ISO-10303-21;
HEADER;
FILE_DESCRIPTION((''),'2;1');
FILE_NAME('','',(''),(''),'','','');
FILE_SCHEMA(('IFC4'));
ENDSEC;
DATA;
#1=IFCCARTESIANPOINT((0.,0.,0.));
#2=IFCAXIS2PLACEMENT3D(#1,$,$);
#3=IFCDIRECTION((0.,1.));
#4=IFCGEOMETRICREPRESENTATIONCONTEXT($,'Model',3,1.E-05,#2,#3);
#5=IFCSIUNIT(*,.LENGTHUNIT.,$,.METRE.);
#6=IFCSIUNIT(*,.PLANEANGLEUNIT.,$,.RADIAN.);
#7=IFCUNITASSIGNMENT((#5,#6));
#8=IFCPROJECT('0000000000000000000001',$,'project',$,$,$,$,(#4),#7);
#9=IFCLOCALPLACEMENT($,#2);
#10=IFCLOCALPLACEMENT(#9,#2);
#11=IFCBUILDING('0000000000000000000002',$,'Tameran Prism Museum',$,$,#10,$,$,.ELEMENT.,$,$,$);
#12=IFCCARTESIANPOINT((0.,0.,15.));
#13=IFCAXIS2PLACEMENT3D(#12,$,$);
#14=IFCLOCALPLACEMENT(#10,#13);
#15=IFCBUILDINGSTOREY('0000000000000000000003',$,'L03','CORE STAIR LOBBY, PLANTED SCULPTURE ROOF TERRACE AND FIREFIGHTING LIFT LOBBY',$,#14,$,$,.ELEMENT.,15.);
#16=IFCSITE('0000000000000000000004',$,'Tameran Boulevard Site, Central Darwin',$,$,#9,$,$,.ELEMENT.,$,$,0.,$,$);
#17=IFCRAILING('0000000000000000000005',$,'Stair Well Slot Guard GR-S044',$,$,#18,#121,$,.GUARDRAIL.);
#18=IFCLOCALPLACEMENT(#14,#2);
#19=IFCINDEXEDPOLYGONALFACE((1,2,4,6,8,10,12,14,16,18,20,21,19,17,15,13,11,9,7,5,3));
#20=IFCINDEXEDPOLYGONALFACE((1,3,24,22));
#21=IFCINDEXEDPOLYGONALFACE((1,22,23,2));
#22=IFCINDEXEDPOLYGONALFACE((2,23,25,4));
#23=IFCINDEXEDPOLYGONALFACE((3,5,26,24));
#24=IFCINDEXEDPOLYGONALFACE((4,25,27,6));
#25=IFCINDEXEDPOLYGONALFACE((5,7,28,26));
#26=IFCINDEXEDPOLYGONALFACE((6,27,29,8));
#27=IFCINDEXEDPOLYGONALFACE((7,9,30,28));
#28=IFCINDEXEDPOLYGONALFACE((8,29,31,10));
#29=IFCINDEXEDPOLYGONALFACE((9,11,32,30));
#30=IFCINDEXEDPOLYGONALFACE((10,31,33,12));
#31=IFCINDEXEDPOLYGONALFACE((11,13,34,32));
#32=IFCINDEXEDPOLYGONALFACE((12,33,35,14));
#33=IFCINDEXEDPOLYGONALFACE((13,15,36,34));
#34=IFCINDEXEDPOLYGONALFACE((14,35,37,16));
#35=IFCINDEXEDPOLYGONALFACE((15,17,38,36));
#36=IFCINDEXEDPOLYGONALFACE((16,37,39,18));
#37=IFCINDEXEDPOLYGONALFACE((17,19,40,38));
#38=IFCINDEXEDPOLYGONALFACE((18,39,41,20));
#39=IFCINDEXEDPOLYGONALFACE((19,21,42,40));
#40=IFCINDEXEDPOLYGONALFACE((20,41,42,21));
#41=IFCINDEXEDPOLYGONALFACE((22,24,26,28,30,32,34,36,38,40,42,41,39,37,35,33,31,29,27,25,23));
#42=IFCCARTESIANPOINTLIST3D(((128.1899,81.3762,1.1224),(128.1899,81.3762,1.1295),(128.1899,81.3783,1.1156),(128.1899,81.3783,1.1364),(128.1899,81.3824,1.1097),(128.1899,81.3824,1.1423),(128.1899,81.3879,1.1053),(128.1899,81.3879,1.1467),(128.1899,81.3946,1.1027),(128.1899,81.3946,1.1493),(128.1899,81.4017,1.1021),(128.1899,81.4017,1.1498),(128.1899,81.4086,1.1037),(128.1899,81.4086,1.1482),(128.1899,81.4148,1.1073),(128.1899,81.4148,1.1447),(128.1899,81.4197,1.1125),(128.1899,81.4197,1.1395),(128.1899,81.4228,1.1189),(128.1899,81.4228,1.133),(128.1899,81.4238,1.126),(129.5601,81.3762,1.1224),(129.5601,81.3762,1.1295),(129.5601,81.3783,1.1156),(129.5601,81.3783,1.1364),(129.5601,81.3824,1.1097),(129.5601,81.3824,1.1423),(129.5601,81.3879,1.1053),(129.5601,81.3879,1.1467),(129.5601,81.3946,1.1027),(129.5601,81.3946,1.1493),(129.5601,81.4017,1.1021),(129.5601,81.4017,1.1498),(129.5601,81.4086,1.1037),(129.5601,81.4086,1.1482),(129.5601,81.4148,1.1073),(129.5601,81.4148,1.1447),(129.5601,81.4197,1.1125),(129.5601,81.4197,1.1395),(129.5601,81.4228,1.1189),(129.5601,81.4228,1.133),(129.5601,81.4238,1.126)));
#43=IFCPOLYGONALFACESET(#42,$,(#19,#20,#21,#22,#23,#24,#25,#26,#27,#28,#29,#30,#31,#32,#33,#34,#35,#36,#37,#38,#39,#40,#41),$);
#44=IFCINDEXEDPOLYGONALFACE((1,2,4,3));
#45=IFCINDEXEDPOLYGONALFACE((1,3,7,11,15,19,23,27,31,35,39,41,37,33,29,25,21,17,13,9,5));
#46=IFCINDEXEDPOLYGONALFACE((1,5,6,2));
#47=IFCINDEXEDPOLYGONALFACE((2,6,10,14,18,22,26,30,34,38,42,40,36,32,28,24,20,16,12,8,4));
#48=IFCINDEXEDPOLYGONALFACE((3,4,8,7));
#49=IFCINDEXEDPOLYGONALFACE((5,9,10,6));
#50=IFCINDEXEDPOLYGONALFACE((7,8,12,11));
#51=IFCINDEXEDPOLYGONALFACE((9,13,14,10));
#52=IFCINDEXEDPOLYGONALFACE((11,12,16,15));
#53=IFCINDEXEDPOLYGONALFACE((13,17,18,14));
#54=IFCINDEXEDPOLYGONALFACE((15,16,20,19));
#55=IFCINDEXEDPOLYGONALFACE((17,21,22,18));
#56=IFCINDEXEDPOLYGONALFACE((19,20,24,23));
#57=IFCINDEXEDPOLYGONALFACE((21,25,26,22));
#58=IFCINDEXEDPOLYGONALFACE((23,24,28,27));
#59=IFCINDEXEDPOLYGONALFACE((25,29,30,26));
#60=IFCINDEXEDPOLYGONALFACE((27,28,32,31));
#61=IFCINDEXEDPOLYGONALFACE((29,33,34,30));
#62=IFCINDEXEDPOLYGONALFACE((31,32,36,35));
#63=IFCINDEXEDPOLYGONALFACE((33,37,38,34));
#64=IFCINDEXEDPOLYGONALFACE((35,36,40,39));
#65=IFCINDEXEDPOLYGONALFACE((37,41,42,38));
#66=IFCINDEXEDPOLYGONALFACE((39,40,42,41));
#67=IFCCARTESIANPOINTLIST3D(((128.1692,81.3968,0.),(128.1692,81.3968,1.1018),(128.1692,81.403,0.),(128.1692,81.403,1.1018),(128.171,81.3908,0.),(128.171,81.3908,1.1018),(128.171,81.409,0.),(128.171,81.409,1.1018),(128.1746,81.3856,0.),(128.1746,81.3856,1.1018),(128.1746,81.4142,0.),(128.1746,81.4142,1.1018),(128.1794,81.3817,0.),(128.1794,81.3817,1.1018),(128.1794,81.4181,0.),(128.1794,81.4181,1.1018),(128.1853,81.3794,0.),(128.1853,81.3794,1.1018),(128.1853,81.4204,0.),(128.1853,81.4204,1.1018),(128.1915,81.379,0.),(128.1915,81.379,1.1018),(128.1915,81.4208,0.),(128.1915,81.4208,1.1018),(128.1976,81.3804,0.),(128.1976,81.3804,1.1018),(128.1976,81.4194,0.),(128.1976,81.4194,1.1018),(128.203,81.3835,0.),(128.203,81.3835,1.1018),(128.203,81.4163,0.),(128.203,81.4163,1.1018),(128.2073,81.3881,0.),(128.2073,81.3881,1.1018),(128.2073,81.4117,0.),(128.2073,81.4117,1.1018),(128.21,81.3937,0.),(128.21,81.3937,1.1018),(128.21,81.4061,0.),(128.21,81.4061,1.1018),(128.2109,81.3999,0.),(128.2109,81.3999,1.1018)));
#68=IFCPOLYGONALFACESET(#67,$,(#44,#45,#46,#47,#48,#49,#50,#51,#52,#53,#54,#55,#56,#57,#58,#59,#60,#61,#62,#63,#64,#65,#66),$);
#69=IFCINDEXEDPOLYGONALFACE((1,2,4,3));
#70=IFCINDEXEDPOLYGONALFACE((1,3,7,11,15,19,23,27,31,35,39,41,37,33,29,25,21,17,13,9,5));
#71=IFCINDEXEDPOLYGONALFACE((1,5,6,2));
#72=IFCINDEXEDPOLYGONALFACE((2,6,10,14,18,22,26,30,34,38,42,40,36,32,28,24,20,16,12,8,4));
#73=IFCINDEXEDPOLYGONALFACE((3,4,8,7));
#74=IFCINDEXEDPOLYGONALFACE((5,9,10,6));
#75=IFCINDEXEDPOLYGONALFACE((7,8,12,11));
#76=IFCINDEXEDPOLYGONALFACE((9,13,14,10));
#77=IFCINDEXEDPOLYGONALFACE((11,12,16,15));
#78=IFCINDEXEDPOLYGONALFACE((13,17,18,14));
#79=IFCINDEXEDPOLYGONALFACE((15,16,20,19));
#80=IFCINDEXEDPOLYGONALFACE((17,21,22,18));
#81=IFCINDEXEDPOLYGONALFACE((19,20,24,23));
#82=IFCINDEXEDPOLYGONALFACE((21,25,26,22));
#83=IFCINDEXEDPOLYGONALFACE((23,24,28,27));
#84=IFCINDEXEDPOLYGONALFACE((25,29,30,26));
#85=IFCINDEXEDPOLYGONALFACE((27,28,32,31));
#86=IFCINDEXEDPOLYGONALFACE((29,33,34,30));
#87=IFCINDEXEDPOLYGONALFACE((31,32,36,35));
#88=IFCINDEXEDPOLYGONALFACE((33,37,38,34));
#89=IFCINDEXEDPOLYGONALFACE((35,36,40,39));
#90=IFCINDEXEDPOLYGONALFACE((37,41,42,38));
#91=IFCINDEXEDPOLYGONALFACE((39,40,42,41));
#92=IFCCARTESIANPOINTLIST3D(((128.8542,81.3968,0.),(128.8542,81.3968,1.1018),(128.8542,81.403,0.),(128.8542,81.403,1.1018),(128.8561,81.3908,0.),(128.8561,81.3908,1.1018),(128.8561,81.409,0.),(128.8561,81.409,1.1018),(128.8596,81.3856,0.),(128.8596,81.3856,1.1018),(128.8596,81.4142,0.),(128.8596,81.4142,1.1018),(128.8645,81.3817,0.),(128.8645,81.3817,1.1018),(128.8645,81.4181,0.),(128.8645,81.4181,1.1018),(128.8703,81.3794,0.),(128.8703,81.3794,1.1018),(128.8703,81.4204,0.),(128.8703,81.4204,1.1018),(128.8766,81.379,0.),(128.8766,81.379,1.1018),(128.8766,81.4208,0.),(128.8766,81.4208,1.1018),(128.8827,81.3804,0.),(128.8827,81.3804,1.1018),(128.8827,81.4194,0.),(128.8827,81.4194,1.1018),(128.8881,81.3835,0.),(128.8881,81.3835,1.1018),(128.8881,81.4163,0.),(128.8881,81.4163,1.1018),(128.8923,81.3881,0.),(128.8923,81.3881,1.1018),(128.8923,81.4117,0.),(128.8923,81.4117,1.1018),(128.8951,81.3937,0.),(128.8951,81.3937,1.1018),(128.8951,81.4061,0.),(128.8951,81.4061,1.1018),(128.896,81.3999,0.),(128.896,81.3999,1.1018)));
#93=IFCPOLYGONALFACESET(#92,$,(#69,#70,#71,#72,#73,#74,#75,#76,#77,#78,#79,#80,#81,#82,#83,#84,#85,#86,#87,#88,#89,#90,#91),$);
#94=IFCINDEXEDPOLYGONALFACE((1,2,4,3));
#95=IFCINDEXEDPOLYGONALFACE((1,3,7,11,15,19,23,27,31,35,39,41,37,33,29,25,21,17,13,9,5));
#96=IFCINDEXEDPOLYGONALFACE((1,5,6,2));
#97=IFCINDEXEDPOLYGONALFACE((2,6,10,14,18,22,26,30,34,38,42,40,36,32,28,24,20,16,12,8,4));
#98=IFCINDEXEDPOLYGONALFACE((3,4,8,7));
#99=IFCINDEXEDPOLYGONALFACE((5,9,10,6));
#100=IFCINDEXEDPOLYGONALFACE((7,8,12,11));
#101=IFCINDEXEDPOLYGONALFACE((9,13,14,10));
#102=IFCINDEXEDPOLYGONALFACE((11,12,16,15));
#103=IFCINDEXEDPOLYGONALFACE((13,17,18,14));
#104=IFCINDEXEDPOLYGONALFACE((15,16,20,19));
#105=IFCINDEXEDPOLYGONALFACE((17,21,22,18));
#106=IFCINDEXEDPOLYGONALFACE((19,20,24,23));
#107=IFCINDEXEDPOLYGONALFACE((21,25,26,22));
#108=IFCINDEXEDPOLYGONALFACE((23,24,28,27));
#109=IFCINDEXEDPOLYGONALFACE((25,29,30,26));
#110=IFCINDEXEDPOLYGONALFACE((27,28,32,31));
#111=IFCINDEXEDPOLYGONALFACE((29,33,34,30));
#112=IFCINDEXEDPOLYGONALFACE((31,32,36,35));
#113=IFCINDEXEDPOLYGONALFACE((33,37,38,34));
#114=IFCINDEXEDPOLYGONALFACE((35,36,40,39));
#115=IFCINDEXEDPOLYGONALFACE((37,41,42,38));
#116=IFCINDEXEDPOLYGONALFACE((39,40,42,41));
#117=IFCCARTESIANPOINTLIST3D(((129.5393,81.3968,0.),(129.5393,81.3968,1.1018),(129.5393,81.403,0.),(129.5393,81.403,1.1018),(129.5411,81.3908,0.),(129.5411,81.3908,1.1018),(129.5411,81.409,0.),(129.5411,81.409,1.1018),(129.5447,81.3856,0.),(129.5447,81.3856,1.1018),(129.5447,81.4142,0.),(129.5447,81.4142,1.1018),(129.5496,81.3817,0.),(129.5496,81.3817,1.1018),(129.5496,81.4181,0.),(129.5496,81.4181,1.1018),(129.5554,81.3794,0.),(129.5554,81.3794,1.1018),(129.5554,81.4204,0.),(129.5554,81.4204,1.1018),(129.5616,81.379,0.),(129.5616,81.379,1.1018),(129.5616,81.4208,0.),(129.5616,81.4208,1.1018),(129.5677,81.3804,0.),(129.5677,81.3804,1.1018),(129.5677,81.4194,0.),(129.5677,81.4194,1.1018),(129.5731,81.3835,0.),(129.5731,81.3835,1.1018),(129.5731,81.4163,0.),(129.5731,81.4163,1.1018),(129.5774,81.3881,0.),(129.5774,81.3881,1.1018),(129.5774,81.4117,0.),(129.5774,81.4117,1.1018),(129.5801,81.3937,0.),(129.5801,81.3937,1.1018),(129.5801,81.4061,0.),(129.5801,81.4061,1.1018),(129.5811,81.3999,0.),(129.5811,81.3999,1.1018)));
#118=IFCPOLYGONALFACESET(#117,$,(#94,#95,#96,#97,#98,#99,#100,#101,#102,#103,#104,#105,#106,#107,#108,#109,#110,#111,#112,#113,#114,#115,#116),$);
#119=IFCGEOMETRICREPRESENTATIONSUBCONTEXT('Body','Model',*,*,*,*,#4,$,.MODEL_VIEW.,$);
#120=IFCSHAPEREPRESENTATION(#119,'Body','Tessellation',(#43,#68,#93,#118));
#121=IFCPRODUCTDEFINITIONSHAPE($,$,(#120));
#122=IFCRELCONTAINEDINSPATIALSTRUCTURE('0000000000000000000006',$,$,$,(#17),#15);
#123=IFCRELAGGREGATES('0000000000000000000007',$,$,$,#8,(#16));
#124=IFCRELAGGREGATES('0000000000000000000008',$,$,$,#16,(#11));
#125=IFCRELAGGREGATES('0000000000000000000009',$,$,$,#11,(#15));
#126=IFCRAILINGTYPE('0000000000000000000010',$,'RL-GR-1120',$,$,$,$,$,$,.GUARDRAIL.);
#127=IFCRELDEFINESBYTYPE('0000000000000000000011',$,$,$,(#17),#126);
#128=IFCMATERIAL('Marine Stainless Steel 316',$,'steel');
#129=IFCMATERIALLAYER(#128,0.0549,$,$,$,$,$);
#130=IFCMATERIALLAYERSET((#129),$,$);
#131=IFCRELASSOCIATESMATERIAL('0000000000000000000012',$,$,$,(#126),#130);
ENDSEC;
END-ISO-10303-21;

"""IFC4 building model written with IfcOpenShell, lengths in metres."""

from ifc_helpers import new_model, si_unit, direction, frame, origin, origin_2d, place, context, subcontext, project, spatial, circle, extrude, material, layer, layer_set, type_object, element, save


model = new_model("IFC4")

# Units and contexts
model_context = context("Model", 3, precision=1e-05, world=origin(), true_north=direction((0.0, 1.0)))
body_context = subcontext(model_context, "Body", "Model", "MODEL_VIEW")
ifc_project = project(units=[si_unit("LENGTHUNIT", "METRE"), si_unit("PLANEANGLEUNIT", "RADIAN")], contexts=[model_context])

# Site, building, storey
site_placement = place(None, origin())
site = spatial("IfcSite", under=ifc_project, at=site_placement, Name="Tameran Boulevard Site, Central Darwin", CompositionType="ELEMENT", RefElevation=0.0)
building_placement = place(site_placement, origin())
building = spatial("IfcBuilding", under=site, at=building_placement, Name="Tameran Prism Museum", CompositionType="ELEMENT")
storey_placement = place(building_placement, frame((0.0, 0.0, 15.0)))
storey = spatial("IfcBuildingStorey", under=building, at=storey_placement, Name="L03", Description="CORE STAIR LOBBY, PLANTED SCULPTURE ROOF TERRACE AND FIREFIGHTING LIFT LOBBY", CompositionType="ELEMENT", Elevation=15.0)

# Railing
ifc_material_1 = material(Name="Marine Stainless Steel 316", Category="steel")
ifc_layer_1 = layer(ifc_material_1, 0.0549)
ifc_layer_set_1 = layer_set([ifc_layer_1])
railing_type_1 = type_object("IfcRailingType", Name="RL-GR-1120", PredefinedType="GUARDRAIL", material=ifc_layer_set_1)
railing_1_placement = place(storey_placement, frame((128.1899, 81.3999, 0.0)))
element("IfcRailing", 1, at=railing_1_placement, inside=storey, type_object=railing_type_1, Name="Stair Well Slot Guard GR-S044", PredefinedType="GUARDRAIL", context=body_context, shape_type="SweptSolid", body=[
    extrude(circle(Radius=0.0239, at=origin_2d()), frame((0.0, 0.0, 1.126), z_axis=(1.0, 0.0, 0.0), x_axis=(0.0, 1.0, 0.0)), (0.0, 0.0, 1.0), 1.3701),
    extrude(circle(Radius=0.021, at=origin_2d()), origin(), (0.0, 0.0, 1.0), 1.1018),
    extrude(circle(Radius=0.021, at=origin_2d()), frame((0.6851, 0.0, 0.0)), (0.0, 0.0, 1.0), 1.1018),
    extrude(circle(Radius=0.021, at=origin_2d()), frame((1.3701, 0.0, 0.0)), (0.0, 0.0, 1.0), 1.1018),
])

save(model, "model.ifc")
